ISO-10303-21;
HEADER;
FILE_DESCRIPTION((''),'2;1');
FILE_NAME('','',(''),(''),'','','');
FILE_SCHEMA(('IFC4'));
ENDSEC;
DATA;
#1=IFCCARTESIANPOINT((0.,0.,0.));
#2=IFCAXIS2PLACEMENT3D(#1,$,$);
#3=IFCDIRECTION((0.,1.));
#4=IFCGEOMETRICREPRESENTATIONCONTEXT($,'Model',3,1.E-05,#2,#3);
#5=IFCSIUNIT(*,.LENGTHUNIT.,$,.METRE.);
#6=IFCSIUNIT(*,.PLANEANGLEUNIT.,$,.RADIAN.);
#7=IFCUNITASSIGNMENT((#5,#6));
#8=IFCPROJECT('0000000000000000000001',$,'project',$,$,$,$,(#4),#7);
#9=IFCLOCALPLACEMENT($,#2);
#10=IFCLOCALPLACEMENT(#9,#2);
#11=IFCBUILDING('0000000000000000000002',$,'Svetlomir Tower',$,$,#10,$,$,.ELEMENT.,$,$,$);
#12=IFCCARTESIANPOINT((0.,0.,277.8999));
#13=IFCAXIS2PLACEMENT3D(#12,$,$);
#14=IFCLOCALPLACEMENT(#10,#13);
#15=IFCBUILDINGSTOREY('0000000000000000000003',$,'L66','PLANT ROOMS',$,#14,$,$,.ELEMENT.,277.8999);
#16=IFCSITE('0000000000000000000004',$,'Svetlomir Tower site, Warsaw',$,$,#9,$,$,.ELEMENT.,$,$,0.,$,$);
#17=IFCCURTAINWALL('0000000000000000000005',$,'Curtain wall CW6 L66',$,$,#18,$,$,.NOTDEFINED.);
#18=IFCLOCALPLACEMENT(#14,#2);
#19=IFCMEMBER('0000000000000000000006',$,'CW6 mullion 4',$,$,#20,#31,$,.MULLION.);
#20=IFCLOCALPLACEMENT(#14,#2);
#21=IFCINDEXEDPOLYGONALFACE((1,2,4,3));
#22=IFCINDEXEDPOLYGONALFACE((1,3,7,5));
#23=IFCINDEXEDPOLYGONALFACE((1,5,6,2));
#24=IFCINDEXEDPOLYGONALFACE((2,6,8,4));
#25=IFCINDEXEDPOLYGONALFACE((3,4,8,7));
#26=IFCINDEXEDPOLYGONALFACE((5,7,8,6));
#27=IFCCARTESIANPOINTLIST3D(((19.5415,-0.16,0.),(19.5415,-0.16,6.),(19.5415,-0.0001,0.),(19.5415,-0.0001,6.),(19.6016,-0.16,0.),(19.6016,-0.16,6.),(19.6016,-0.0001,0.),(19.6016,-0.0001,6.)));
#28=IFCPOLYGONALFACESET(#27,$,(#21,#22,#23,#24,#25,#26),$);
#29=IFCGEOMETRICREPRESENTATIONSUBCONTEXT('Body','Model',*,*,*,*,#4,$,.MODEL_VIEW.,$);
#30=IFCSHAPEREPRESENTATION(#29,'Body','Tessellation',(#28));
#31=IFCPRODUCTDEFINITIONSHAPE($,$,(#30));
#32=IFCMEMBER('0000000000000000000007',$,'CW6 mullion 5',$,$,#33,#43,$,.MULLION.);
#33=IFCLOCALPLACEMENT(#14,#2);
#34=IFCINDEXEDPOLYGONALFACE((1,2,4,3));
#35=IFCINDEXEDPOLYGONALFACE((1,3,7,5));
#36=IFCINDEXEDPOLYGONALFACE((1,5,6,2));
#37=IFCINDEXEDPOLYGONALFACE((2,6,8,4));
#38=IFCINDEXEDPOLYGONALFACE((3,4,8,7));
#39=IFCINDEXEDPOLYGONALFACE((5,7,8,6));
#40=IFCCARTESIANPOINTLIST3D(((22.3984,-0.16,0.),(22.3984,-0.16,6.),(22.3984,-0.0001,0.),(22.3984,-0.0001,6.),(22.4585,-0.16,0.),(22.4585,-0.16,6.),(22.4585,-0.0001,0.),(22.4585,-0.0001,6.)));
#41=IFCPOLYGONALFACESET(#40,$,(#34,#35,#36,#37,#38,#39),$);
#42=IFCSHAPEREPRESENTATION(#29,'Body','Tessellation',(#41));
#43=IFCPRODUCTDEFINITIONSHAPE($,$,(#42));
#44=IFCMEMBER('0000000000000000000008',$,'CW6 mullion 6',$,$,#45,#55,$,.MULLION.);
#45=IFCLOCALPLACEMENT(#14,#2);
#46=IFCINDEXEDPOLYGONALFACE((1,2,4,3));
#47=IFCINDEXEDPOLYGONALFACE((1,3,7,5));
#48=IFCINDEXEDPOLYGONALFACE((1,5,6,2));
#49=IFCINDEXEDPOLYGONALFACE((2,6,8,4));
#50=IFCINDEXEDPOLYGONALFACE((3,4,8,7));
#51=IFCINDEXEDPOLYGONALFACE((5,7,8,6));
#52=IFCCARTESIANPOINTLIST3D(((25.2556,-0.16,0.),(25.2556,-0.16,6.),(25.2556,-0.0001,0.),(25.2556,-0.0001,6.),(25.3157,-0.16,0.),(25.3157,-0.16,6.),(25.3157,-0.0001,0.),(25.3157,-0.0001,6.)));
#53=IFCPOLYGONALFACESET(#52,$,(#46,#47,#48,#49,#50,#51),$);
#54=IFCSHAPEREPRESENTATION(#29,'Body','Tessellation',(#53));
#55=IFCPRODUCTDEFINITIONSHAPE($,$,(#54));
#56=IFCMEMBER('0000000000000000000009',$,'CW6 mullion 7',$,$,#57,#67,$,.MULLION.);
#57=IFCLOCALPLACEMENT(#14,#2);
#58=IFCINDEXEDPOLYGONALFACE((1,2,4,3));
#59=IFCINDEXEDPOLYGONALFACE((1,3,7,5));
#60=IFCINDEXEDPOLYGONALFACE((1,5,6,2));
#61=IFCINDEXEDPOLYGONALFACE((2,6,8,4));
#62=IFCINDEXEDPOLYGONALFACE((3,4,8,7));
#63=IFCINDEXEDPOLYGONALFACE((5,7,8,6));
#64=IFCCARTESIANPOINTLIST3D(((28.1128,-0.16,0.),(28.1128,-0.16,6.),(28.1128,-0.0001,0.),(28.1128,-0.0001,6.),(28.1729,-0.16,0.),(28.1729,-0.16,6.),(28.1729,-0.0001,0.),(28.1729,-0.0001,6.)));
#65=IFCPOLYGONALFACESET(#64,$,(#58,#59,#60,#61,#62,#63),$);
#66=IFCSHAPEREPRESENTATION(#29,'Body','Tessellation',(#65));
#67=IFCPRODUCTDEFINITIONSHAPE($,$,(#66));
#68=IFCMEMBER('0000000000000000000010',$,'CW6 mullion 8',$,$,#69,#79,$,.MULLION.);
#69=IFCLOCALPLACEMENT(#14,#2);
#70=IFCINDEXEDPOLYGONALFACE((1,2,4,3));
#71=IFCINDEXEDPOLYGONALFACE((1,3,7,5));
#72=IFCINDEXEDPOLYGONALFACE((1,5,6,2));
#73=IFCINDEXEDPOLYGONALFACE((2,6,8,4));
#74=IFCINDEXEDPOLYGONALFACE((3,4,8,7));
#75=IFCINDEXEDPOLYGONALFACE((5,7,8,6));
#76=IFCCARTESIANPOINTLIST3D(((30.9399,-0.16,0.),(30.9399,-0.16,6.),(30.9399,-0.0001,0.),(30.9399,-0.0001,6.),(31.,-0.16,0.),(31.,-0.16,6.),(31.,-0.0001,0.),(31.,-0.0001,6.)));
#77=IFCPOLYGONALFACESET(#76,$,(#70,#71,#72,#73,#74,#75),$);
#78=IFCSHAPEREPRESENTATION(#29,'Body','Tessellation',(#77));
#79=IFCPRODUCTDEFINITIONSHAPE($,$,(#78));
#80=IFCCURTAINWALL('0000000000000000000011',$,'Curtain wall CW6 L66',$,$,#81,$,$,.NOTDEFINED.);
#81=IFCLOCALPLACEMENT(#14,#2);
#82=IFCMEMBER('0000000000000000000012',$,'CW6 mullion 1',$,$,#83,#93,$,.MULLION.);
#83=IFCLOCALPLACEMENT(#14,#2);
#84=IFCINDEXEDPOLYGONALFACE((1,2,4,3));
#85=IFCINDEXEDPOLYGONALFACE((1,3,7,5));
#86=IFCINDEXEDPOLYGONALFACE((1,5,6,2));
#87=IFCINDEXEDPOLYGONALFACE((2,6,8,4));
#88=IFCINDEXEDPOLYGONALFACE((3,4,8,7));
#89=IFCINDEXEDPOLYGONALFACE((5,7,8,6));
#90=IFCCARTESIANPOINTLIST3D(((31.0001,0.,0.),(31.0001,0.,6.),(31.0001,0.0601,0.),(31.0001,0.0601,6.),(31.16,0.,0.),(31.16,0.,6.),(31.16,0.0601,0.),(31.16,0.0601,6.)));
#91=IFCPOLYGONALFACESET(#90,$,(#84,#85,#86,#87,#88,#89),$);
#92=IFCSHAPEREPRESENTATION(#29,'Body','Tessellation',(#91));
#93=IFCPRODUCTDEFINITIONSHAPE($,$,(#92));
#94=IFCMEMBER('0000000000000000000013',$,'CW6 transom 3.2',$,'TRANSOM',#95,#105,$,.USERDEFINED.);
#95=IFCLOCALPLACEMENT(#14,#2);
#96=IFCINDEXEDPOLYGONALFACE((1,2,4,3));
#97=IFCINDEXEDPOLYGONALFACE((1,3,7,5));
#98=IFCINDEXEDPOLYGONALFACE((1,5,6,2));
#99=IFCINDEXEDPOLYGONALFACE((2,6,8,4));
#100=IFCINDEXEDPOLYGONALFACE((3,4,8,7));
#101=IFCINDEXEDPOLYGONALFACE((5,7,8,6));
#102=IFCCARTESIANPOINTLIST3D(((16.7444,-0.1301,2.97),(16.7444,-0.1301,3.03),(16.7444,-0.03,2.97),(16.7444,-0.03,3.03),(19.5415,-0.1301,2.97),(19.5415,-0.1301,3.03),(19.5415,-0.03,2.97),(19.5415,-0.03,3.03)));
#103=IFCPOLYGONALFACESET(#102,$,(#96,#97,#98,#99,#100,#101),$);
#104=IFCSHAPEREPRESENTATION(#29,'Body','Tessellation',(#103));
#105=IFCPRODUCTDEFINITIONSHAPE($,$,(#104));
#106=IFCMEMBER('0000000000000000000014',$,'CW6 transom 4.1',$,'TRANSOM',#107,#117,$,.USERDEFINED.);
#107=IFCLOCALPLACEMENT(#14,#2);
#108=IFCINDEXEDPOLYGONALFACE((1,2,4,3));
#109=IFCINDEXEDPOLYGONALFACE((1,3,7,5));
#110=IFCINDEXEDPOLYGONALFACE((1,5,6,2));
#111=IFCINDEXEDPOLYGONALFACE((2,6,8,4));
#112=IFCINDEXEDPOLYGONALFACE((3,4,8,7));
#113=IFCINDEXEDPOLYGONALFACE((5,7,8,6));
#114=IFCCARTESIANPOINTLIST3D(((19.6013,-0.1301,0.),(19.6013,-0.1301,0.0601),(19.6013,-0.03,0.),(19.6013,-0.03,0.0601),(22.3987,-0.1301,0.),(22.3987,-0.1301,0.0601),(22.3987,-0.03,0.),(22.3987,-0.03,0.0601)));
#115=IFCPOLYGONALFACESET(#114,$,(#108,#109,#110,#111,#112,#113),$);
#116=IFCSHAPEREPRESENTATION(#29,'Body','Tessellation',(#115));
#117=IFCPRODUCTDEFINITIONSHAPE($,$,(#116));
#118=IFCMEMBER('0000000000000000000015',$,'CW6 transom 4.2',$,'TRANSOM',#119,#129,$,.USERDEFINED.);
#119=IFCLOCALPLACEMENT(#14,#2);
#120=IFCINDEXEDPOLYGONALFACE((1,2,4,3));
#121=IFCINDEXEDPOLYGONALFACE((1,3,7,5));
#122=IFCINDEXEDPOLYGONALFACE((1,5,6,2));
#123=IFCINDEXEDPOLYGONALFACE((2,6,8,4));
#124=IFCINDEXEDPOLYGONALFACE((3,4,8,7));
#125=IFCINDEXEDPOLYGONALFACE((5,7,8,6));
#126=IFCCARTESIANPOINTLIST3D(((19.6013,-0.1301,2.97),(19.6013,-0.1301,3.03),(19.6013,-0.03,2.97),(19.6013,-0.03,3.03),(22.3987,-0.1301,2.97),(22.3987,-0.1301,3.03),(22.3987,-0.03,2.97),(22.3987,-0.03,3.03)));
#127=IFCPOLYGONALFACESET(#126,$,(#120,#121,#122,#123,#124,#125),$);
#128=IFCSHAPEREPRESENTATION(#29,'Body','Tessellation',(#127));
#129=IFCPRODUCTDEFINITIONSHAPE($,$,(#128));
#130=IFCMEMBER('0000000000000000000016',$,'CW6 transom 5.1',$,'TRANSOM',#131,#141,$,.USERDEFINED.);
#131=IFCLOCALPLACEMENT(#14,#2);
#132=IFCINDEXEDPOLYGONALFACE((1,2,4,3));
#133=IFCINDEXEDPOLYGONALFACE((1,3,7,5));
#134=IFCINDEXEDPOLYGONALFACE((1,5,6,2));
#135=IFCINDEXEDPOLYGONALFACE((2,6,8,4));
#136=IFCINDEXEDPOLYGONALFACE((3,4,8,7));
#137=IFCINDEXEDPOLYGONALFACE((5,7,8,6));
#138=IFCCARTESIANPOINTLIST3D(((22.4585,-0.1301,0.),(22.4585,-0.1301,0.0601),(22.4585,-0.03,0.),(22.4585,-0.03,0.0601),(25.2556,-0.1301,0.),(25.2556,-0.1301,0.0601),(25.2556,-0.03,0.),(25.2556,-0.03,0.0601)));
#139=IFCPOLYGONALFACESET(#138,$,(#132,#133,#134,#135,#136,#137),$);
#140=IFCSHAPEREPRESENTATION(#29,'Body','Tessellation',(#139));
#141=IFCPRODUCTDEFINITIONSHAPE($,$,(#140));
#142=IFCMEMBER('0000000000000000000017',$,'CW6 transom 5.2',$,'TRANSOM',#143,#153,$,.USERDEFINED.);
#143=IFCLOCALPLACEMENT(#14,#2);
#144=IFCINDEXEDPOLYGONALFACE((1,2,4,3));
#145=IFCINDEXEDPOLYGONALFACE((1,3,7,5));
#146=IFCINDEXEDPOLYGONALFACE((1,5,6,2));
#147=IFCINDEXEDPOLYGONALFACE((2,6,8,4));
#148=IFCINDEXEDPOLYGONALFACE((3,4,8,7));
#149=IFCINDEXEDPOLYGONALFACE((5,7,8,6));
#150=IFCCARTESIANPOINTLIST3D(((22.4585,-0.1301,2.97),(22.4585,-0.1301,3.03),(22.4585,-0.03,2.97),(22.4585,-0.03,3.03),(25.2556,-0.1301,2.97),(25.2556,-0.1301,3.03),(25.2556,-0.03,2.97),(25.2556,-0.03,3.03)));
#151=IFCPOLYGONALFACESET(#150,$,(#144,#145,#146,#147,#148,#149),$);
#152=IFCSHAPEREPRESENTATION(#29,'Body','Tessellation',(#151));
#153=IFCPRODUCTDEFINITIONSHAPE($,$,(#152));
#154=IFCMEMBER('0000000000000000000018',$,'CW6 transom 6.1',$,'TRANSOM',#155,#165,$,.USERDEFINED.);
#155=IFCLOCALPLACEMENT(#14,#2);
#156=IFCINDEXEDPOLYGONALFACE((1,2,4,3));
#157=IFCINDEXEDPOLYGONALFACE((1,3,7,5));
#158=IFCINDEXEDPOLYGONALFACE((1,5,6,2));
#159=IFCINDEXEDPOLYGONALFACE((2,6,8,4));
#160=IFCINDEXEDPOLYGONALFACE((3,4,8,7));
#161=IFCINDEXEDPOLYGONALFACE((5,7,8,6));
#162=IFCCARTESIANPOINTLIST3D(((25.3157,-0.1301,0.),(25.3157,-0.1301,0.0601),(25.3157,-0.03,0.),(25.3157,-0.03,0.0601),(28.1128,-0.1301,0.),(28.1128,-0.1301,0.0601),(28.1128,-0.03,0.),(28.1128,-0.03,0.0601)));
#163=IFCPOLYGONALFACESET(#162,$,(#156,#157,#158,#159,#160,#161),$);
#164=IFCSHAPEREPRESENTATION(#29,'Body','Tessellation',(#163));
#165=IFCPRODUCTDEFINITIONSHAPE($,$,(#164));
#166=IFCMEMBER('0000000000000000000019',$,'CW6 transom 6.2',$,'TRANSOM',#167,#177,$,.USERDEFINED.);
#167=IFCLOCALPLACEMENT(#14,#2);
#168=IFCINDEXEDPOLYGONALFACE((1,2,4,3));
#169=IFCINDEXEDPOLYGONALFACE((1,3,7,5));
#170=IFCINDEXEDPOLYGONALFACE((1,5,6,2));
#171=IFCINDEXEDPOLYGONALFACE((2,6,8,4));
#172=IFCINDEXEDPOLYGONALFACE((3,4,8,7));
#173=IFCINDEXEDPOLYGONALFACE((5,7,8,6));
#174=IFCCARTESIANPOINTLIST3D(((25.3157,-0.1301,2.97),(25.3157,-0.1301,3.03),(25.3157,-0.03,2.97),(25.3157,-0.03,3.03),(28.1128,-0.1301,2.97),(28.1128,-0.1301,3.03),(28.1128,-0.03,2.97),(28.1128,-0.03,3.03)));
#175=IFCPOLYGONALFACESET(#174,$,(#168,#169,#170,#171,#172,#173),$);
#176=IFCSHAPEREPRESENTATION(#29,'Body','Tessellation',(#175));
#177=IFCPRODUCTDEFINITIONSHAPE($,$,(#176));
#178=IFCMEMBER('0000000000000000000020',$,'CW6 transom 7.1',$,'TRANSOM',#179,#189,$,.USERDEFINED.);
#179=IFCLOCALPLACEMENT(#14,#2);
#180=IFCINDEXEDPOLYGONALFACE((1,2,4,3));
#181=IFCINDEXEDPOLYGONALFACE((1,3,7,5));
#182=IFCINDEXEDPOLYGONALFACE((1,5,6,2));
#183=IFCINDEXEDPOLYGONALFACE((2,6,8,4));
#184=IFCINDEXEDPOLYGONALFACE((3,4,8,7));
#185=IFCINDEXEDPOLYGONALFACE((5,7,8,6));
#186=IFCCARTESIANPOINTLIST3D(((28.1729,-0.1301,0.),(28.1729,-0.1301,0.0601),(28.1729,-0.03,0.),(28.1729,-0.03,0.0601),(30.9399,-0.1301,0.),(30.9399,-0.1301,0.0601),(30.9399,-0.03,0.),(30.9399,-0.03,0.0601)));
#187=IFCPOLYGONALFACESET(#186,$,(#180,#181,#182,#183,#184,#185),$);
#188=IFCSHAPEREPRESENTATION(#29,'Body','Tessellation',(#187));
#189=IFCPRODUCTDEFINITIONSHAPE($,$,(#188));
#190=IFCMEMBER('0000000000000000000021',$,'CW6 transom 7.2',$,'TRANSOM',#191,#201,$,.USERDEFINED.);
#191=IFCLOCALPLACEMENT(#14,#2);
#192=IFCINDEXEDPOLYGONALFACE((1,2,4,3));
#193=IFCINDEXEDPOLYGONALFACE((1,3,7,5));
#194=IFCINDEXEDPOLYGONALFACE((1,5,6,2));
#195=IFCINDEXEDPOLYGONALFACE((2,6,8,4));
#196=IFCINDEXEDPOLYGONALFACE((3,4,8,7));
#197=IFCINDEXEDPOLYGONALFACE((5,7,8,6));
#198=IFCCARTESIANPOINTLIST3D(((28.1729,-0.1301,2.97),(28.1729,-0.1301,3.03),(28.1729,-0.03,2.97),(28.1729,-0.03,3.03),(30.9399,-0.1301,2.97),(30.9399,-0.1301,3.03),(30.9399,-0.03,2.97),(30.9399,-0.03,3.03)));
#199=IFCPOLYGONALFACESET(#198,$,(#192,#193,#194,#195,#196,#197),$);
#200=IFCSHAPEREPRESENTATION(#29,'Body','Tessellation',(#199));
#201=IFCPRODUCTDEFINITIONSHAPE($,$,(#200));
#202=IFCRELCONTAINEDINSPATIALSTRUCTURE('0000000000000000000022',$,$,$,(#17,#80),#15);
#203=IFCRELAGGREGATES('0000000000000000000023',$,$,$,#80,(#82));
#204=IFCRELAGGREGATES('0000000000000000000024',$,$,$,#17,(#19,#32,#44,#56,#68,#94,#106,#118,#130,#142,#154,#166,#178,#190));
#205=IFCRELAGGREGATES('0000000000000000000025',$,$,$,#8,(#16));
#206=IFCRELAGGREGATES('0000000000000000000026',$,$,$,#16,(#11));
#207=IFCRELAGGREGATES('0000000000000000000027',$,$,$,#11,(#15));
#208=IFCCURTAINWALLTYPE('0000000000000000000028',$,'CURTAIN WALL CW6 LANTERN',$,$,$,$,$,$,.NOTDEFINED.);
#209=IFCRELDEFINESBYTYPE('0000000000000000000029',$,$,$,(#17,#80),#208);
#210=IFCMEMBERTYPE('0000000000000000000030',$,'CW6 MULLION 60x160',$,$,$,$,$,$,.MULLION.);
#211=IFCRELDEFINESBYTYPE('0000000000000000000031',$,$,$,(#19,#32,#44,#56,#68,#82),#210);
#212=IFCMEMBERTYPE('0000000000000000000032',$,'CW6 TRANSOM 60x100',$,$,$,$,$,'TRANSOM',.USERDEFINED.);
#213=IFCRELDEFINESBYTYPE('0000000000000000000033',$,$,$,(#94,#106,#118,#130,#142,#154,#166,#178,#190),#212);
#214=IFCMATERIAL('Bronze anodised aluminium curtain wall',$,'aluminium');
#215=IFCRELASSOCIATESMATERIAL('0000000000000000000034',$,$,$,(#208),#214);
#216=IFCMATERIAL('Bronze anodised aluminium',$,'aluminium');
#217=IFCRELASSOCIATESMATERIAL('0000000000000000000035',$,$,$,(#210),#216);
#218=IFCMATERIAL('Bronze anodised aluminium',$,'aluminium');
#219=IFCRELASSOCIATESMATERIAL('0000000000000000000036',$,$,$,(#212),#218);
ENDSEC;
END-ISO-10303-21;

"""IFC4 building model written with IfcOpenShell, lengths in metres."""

from ifc_helpers import new_model, si_unit, direction, frame, origin, origin_2d, place, context, subcontext, project, spatial, rectangle, extrude, material, material_profile, profile_set, type_object, element, aggregate, save


model = new_model("IFC4")

# Units and contexts
model_context = context("Model", 3, precision=1e-05, world=origin(), true_north=direction((0.0, 1.0)))
body_context = subcontext(model_context, "Body", "Model", "MODEL_VIEW")
ifc_project = project(units=[si_unit("LENGTHUNIT", "METRE"), si_unit("PLANEANGLEUNIT", "RADIAN")], contexts=[model_context])

# Site, building, storey
site_placement = place(None, origin())
site = spatial("IfcSite", under=ifc_project, at=site_placement, Name="Svetlomir Tower site, Warsaw", CompositionType="ELEMENT", RefElevation=0.0)
building_placement = place(site_placement, origin())
building = spatial("IfcBuilding", under=site, at=building_placement, Name="Svetlomir Tower", CompositionType="ELEMENT")
storey_placement = place(building_placement, frame((0.0, 0.0, 277.8999)))
storey = spatial("IfcBuildingStorey", under=building, at=storey_placement, Name="L66", Description="PLANT ROOMS", CompositionType="ELEMENT", Elevation=277.8999)

# Curtain wall, members
ifc_material_1 = material(Name="Bronze anodised aluminium curtain wall", Category="aluminium")
curtain_wall_type = type_object("IfcCurtainWallType", Name="CURTAIN WALL CW6 LANTERN", PredefinedType="NOTDEFINED", material=ifc_material_1)
curtain_wall_1_placement = place(storey_placement, origin())
curtain_wall_1 = element("IfcCurtainWall", 1, at=curtain_wall_1_placement, inside=storey, type_object=curtain_wall_type, Name="Curtain wall CW6 L66", PredefinedType="NOTDEFINED")
ifc_material_2 = material(Name="Bronze anodised aluminium", Category="aluminium")
ifc_material_profile_1 = material_profile(ifc_material_2, rectangle(XDim=0.0601, YDim=0.1599, at=origin_2d()), Name="AL 60x160")
ifc_profile_set_1 = profile_set([ifc_material_profile_1], Name="Bronze anodised aluminium 6063-T6")
member_type_1 = type_object("IfcMemberType", Name="CW6 MULLION 60x160", PredefinedType="MULLION", material=ifc_profile_set_1)
member_1_placement = place(storey_placement, frame((19.5715, -0.0801, 0.0), z_axis=(0.0, 0.0, 1.0), x_axis=(1.0, 0.0, 0.0)))
member_1 = element("IfcMember", 2, at=member_1_placement, type_object=member_type_1, Name="CW6 mullion 4", PredefinedType="MULLION", context=body_context, shape_type="SweptSolid", body=[
    extrude(rectangle(XDim=0.0601, YDim=0.1599, at=origin_2d()), origin(), (0.0, 0.0, 1.0), 6.0),
])
member_2_placement = place(storey_placement, frame((22.4285, -0.0801, 0.0), z_axis=(0.0, 0.0, 1.0), x_axis=(1.0, 0.0, 0.0)))
member_2 = element("IfcMember", 3, at=member_2_placement, type_object=member_type_1, Name="CW6 mullion 5", PredefinedType="MULLION", context=body_context, shape_type="SweptSolid", body=[
    extrude(rectangle(XDim=0.0601, YDim=0.1599, at=origin_2d()), origin(), (0.0, 0.0, 1.0), 6.0),
])
member_3_placement = place(storey_placement, frame((25.2856, -0.0801, 0.0), z_axis=(0.0, 0.0, 1.0), x_axis=(1.0, 0.0, 0.0)))
member_3 = element("IfcMember", 4, at=member_3_placement, type_object=member_type_1, Name="CW6 mullion 6", PredefinedType="MULLION", context=body_context, shape_type="SweptSolid", body=[
    extrude(rectangle(XDim=0.0601, YDim=0.1599, at=origin_2d()), origin(), (0.0, 0.0, 1.0), 6.0),
])
member_4_placement = place(storey_placement, frame((28.1428, -0.0801, 0.0), z_axis=(0.0, 0.0, 1.0), x_axis=(1.0, 0.0, 0.0)))
member_4 = element("IfcMember", 5, at=member_4_placement, type_object=member_type_1, Name="CW6 mullion 7", PredefinedType="MULLION", context=body_context, shape_type="SweptSolid", body=[
    extrude(rectangle(XDim=0.0601, YDim=0.1599, at=origin_2d()), origin(), (0.0, 0.0, 1.0), 6.0),
])
member_5_placement = place(storey_placement, frame((30.97, -0.0801, 0.0), z_axis=(0.0, 0.0, 1.0), x_axis=(1.0, 0.0, 0.0)))
member_5 = element("IfcMember", 6, at=member_5_placement, type_object=member_type_1, Name="CW6 mullion 8", PredefinedType="MULLION", context=body_context, shape_type="SweptSolid", body=[
    extrude(rectangle(XDim=0.0601, YDim=0.1599, at=origin_2d()), origin(), (0.0, 0.0, 1.0), 6.0),
])

# Curtain wall, member
curtain_wall_2_placement = place(storey_placement, origin())
curtain_wall_2 = element("IfcCurtainWall", 7, at=curtain_wall_2_placement, inside=storey, type_object=curtain_wall_type, Name="Curtain wall CW6 L66", PredefinedType="NOTDEFINED")
member_6_placement = place(storey_placement, frame((31.0801, 0.03, 0.0), z_axis=(0.0, 0.0, 1.0), x_axis=(0.0, 1.0, 0.0)))
member_6 = element("IfcMember", 8, at=member_6_placement, type_object=member_type_1, Name="CW6 mullion 1", PredefinedType="MULLION", context=body_context, shape_type="SweptSolid", body=[
    extrude(rectangle(XDim=0.0601, YDim=0.1599, at=origin_2d()), origin(), (0.0, 0.0, 1.0), 6.0),
])

# Members
ifc_material_3 = material(Name="Bronze anodised aluminium", Category="aluminium")
ifc_material_profile_2 = material_profile(ifc_material_3, rectangle(XDim=0.1001, YDim=0.0601, at=origin_2d()), Name="AL 100x60")
ifc_profile_set_2 = profile_set([ifc_material_profile_2], Name="Bronze anodised aluminium 6063-T6")
member_type_2 = type_object("IfcMemberType", Name="CW6 TRANSOM 60x100", ElementType="TRANSOM", PredefinedType="USERDEFINED", material=ifc_profile_set_2)
member_7_placement = place(storey_placement, frame((16.7444, -0.0801, 3.0), z_axis=(1.0, 0.0, 0.0), x_axis=(0.0, 1.0, 0.0)))
member_7 = element("IfcMember", 9, at=member_7_placement, type_object=member_type_2, Name="CW6 transom 3.2", ObjectType="TRANSOM", PredefinedType="USERDEFINED", context=body_context, shape_type="SweptSolid", body=[
    extrude(rectangle(XDim=0.1001, YDim=0.0601, at=origin_2d()), origin(), (0.0, 0.0, 1.0), 2.7971),
])
member_8_placement = place(storey_placement, frame((19.6013, -0.0801, 0.03), z_axis=(1.0, 0.0, 0.0), x_axis=(0.0, 1.0, 0.0)))
member_8 = element("IfcMember", 10, at=member_8_placement, type_object=member_type_2, Name="CW6 transom 4.1", ObjectType="TRANSOM", PredefinedType="USERDEFINED", context=body_context, shape_type="SweptSolid", body=[
    extrude(rectangle(XDim=0.1001, YDim=0.0601, at=origin_2d()), origin(), (0.0, 0.0, 1.0), 2.7974),
])
member_9_placement = place(storey_placement, frame((19.6013, -0.0801, 3.0), z_axis=(1.0, 0.0, 0.0), x_axis=(0.0, 1.0, 0.0)))
member_9 = element("IfcMember", 11, at=member_9_placement, type_object=member_type_2, Name="CW6 transom 4.2", ObjectType="TRANSOM", PredefinedType="USERDEFINED", context=body_context, shape_type="SweptSolid", body=[
    extrude(rectangle(XDim=0.1001, YDim=0.0601, at=origin_2d()), origin(), (0.0, 0.0, 1.0), 2.7974),
])
member_10_placement = place(storey_placement, frame((22.4585, -0.0801, 0.03), z_axis=(1.0, 0.0, 0.0), x_axis=(0.0, 1.0, 0.0)))
member_10 = element("IfcMember", 12, at=member_10_placement, type_object=member_type_2, Name="CW6 transom 5.1", ObjectType="TRANSOM", PredefinedType="USERDEFINED", context=body_context, shape_type="SweptSolid", body=[
    extrude(rectangle(XDim=0.1001, YDim=0.0601, at=origin_2d()), origin(), (0.0, 0.0, 1.0), 2.7971),
])
member_11_placement = place(storey_placement, frame((22.4585, -0.0801, 3.0), z_axis=(1.0, 0.0, 0.0), x_axis=(0.0, 1.0, 0.0)))
member_11 = element("IfcMember", 13, at=member_11_placement, type_object=member_type_2, Name="CW6 transom 5.2", ObjectType="TRANSOM", PredefinedType="USERDEFINED", context=body_context, shape_type="SweptSolid", body=[
    extrude(rectangle(XDim=0.1001, YDim=0.0601, at=origin_2d()), origin(), (0.0, 0.0, 1.0), 2.7971),
])
member_12_placement = place(storey_placement, frame((25.3157, -0.0801, 0.03), z_axis=(1.0, 0.0, 0.0), x_axis=(0.0, 1.0, 0.0)))
member_12 = element("IfcMember", 14, at=member_12_placement, type_object=member_type_2, Name="CW6 transom 6.1", ObjectType="TRANSOM", PredefinedType="USERDEFINED", context=body_context, shape_type="SweptSolid", body=[
    extrude(rectangle(XDim=0.1001, YDim=0.0601, at=origin_2d()), origin(), (0.0, 0.0, 1.0), 2.7971),
])
member_13_placement = place(storey_placement, frame((25.3157, -0.0801, 3.0), z_axis=(1.0, 0.0, 0.0), x_axis=(0.0, 1.0, 0.0)))
member_13 = element("IfcMember", 15, at=member_13_placement, type_object=member_type_2, Name="CW6 transom 6.2", ObjectType="TRANSOM", PredefinedType="USERDEFINED", context=body_context, shape_type="SweptSolid", body=[
    extrude(rectangle(XDim=0.1001, YDim=0.0601, at=origin_2d()), origin(), (0.0, 0.0, 1.0), 2.7971),
])
member_14_placement = place(storey_placement, frame((28.1729, -0.0801, 0.03), z_axis=(1.0, 0.0, 0.0), x_axis=(0.0, 1.0, 0.0)))
member_14 = element("IfcMember", 16, at=member_14_placement, type_object=member_type_2, Name="CW6 transom 7.1", ObjectType="TRANSOM", PredefinedType="USERDEFINED", context=body_context, shape_type="SweptSolid", body=[
    extrude(rectangle(XDim=0.1001, YDim=0.0601, at=origin_2d()), origin(), (0.0, 0.0, 1.0), 2.7671),
])
member_15_placement = place(storey_placement, frame((28.1729, -0.0801, 3.0), z_axis=(1.0, 0.0, 0.0), x_axis=(0.0, 1.0, 0.0)))
member_15 = element("IfcMember", 17, at=member_15_placement, type_object=member_type_2, Name="CW6 transom 7.2", ObjectType="TRANSOM", PredefinedType="USERDEFINED", context=body_context, shape_type="SweptSolid", body=[
    extrude(rectangle(XDim=0.1001, YDim=0.0601, at=origin_2d()), origin(), (0.0, 0.0, 1.0), 2.7671),
])
aggregate(curtain_wall_2, [member_6])

aggregate(curtain_wall_1, [member_1, member_2, member_3, member_4, member_5, member_7, member_8, member_9, member_10, member_11, member_12, member_13, member_14, member_15])

save(model, "model.ifc")
